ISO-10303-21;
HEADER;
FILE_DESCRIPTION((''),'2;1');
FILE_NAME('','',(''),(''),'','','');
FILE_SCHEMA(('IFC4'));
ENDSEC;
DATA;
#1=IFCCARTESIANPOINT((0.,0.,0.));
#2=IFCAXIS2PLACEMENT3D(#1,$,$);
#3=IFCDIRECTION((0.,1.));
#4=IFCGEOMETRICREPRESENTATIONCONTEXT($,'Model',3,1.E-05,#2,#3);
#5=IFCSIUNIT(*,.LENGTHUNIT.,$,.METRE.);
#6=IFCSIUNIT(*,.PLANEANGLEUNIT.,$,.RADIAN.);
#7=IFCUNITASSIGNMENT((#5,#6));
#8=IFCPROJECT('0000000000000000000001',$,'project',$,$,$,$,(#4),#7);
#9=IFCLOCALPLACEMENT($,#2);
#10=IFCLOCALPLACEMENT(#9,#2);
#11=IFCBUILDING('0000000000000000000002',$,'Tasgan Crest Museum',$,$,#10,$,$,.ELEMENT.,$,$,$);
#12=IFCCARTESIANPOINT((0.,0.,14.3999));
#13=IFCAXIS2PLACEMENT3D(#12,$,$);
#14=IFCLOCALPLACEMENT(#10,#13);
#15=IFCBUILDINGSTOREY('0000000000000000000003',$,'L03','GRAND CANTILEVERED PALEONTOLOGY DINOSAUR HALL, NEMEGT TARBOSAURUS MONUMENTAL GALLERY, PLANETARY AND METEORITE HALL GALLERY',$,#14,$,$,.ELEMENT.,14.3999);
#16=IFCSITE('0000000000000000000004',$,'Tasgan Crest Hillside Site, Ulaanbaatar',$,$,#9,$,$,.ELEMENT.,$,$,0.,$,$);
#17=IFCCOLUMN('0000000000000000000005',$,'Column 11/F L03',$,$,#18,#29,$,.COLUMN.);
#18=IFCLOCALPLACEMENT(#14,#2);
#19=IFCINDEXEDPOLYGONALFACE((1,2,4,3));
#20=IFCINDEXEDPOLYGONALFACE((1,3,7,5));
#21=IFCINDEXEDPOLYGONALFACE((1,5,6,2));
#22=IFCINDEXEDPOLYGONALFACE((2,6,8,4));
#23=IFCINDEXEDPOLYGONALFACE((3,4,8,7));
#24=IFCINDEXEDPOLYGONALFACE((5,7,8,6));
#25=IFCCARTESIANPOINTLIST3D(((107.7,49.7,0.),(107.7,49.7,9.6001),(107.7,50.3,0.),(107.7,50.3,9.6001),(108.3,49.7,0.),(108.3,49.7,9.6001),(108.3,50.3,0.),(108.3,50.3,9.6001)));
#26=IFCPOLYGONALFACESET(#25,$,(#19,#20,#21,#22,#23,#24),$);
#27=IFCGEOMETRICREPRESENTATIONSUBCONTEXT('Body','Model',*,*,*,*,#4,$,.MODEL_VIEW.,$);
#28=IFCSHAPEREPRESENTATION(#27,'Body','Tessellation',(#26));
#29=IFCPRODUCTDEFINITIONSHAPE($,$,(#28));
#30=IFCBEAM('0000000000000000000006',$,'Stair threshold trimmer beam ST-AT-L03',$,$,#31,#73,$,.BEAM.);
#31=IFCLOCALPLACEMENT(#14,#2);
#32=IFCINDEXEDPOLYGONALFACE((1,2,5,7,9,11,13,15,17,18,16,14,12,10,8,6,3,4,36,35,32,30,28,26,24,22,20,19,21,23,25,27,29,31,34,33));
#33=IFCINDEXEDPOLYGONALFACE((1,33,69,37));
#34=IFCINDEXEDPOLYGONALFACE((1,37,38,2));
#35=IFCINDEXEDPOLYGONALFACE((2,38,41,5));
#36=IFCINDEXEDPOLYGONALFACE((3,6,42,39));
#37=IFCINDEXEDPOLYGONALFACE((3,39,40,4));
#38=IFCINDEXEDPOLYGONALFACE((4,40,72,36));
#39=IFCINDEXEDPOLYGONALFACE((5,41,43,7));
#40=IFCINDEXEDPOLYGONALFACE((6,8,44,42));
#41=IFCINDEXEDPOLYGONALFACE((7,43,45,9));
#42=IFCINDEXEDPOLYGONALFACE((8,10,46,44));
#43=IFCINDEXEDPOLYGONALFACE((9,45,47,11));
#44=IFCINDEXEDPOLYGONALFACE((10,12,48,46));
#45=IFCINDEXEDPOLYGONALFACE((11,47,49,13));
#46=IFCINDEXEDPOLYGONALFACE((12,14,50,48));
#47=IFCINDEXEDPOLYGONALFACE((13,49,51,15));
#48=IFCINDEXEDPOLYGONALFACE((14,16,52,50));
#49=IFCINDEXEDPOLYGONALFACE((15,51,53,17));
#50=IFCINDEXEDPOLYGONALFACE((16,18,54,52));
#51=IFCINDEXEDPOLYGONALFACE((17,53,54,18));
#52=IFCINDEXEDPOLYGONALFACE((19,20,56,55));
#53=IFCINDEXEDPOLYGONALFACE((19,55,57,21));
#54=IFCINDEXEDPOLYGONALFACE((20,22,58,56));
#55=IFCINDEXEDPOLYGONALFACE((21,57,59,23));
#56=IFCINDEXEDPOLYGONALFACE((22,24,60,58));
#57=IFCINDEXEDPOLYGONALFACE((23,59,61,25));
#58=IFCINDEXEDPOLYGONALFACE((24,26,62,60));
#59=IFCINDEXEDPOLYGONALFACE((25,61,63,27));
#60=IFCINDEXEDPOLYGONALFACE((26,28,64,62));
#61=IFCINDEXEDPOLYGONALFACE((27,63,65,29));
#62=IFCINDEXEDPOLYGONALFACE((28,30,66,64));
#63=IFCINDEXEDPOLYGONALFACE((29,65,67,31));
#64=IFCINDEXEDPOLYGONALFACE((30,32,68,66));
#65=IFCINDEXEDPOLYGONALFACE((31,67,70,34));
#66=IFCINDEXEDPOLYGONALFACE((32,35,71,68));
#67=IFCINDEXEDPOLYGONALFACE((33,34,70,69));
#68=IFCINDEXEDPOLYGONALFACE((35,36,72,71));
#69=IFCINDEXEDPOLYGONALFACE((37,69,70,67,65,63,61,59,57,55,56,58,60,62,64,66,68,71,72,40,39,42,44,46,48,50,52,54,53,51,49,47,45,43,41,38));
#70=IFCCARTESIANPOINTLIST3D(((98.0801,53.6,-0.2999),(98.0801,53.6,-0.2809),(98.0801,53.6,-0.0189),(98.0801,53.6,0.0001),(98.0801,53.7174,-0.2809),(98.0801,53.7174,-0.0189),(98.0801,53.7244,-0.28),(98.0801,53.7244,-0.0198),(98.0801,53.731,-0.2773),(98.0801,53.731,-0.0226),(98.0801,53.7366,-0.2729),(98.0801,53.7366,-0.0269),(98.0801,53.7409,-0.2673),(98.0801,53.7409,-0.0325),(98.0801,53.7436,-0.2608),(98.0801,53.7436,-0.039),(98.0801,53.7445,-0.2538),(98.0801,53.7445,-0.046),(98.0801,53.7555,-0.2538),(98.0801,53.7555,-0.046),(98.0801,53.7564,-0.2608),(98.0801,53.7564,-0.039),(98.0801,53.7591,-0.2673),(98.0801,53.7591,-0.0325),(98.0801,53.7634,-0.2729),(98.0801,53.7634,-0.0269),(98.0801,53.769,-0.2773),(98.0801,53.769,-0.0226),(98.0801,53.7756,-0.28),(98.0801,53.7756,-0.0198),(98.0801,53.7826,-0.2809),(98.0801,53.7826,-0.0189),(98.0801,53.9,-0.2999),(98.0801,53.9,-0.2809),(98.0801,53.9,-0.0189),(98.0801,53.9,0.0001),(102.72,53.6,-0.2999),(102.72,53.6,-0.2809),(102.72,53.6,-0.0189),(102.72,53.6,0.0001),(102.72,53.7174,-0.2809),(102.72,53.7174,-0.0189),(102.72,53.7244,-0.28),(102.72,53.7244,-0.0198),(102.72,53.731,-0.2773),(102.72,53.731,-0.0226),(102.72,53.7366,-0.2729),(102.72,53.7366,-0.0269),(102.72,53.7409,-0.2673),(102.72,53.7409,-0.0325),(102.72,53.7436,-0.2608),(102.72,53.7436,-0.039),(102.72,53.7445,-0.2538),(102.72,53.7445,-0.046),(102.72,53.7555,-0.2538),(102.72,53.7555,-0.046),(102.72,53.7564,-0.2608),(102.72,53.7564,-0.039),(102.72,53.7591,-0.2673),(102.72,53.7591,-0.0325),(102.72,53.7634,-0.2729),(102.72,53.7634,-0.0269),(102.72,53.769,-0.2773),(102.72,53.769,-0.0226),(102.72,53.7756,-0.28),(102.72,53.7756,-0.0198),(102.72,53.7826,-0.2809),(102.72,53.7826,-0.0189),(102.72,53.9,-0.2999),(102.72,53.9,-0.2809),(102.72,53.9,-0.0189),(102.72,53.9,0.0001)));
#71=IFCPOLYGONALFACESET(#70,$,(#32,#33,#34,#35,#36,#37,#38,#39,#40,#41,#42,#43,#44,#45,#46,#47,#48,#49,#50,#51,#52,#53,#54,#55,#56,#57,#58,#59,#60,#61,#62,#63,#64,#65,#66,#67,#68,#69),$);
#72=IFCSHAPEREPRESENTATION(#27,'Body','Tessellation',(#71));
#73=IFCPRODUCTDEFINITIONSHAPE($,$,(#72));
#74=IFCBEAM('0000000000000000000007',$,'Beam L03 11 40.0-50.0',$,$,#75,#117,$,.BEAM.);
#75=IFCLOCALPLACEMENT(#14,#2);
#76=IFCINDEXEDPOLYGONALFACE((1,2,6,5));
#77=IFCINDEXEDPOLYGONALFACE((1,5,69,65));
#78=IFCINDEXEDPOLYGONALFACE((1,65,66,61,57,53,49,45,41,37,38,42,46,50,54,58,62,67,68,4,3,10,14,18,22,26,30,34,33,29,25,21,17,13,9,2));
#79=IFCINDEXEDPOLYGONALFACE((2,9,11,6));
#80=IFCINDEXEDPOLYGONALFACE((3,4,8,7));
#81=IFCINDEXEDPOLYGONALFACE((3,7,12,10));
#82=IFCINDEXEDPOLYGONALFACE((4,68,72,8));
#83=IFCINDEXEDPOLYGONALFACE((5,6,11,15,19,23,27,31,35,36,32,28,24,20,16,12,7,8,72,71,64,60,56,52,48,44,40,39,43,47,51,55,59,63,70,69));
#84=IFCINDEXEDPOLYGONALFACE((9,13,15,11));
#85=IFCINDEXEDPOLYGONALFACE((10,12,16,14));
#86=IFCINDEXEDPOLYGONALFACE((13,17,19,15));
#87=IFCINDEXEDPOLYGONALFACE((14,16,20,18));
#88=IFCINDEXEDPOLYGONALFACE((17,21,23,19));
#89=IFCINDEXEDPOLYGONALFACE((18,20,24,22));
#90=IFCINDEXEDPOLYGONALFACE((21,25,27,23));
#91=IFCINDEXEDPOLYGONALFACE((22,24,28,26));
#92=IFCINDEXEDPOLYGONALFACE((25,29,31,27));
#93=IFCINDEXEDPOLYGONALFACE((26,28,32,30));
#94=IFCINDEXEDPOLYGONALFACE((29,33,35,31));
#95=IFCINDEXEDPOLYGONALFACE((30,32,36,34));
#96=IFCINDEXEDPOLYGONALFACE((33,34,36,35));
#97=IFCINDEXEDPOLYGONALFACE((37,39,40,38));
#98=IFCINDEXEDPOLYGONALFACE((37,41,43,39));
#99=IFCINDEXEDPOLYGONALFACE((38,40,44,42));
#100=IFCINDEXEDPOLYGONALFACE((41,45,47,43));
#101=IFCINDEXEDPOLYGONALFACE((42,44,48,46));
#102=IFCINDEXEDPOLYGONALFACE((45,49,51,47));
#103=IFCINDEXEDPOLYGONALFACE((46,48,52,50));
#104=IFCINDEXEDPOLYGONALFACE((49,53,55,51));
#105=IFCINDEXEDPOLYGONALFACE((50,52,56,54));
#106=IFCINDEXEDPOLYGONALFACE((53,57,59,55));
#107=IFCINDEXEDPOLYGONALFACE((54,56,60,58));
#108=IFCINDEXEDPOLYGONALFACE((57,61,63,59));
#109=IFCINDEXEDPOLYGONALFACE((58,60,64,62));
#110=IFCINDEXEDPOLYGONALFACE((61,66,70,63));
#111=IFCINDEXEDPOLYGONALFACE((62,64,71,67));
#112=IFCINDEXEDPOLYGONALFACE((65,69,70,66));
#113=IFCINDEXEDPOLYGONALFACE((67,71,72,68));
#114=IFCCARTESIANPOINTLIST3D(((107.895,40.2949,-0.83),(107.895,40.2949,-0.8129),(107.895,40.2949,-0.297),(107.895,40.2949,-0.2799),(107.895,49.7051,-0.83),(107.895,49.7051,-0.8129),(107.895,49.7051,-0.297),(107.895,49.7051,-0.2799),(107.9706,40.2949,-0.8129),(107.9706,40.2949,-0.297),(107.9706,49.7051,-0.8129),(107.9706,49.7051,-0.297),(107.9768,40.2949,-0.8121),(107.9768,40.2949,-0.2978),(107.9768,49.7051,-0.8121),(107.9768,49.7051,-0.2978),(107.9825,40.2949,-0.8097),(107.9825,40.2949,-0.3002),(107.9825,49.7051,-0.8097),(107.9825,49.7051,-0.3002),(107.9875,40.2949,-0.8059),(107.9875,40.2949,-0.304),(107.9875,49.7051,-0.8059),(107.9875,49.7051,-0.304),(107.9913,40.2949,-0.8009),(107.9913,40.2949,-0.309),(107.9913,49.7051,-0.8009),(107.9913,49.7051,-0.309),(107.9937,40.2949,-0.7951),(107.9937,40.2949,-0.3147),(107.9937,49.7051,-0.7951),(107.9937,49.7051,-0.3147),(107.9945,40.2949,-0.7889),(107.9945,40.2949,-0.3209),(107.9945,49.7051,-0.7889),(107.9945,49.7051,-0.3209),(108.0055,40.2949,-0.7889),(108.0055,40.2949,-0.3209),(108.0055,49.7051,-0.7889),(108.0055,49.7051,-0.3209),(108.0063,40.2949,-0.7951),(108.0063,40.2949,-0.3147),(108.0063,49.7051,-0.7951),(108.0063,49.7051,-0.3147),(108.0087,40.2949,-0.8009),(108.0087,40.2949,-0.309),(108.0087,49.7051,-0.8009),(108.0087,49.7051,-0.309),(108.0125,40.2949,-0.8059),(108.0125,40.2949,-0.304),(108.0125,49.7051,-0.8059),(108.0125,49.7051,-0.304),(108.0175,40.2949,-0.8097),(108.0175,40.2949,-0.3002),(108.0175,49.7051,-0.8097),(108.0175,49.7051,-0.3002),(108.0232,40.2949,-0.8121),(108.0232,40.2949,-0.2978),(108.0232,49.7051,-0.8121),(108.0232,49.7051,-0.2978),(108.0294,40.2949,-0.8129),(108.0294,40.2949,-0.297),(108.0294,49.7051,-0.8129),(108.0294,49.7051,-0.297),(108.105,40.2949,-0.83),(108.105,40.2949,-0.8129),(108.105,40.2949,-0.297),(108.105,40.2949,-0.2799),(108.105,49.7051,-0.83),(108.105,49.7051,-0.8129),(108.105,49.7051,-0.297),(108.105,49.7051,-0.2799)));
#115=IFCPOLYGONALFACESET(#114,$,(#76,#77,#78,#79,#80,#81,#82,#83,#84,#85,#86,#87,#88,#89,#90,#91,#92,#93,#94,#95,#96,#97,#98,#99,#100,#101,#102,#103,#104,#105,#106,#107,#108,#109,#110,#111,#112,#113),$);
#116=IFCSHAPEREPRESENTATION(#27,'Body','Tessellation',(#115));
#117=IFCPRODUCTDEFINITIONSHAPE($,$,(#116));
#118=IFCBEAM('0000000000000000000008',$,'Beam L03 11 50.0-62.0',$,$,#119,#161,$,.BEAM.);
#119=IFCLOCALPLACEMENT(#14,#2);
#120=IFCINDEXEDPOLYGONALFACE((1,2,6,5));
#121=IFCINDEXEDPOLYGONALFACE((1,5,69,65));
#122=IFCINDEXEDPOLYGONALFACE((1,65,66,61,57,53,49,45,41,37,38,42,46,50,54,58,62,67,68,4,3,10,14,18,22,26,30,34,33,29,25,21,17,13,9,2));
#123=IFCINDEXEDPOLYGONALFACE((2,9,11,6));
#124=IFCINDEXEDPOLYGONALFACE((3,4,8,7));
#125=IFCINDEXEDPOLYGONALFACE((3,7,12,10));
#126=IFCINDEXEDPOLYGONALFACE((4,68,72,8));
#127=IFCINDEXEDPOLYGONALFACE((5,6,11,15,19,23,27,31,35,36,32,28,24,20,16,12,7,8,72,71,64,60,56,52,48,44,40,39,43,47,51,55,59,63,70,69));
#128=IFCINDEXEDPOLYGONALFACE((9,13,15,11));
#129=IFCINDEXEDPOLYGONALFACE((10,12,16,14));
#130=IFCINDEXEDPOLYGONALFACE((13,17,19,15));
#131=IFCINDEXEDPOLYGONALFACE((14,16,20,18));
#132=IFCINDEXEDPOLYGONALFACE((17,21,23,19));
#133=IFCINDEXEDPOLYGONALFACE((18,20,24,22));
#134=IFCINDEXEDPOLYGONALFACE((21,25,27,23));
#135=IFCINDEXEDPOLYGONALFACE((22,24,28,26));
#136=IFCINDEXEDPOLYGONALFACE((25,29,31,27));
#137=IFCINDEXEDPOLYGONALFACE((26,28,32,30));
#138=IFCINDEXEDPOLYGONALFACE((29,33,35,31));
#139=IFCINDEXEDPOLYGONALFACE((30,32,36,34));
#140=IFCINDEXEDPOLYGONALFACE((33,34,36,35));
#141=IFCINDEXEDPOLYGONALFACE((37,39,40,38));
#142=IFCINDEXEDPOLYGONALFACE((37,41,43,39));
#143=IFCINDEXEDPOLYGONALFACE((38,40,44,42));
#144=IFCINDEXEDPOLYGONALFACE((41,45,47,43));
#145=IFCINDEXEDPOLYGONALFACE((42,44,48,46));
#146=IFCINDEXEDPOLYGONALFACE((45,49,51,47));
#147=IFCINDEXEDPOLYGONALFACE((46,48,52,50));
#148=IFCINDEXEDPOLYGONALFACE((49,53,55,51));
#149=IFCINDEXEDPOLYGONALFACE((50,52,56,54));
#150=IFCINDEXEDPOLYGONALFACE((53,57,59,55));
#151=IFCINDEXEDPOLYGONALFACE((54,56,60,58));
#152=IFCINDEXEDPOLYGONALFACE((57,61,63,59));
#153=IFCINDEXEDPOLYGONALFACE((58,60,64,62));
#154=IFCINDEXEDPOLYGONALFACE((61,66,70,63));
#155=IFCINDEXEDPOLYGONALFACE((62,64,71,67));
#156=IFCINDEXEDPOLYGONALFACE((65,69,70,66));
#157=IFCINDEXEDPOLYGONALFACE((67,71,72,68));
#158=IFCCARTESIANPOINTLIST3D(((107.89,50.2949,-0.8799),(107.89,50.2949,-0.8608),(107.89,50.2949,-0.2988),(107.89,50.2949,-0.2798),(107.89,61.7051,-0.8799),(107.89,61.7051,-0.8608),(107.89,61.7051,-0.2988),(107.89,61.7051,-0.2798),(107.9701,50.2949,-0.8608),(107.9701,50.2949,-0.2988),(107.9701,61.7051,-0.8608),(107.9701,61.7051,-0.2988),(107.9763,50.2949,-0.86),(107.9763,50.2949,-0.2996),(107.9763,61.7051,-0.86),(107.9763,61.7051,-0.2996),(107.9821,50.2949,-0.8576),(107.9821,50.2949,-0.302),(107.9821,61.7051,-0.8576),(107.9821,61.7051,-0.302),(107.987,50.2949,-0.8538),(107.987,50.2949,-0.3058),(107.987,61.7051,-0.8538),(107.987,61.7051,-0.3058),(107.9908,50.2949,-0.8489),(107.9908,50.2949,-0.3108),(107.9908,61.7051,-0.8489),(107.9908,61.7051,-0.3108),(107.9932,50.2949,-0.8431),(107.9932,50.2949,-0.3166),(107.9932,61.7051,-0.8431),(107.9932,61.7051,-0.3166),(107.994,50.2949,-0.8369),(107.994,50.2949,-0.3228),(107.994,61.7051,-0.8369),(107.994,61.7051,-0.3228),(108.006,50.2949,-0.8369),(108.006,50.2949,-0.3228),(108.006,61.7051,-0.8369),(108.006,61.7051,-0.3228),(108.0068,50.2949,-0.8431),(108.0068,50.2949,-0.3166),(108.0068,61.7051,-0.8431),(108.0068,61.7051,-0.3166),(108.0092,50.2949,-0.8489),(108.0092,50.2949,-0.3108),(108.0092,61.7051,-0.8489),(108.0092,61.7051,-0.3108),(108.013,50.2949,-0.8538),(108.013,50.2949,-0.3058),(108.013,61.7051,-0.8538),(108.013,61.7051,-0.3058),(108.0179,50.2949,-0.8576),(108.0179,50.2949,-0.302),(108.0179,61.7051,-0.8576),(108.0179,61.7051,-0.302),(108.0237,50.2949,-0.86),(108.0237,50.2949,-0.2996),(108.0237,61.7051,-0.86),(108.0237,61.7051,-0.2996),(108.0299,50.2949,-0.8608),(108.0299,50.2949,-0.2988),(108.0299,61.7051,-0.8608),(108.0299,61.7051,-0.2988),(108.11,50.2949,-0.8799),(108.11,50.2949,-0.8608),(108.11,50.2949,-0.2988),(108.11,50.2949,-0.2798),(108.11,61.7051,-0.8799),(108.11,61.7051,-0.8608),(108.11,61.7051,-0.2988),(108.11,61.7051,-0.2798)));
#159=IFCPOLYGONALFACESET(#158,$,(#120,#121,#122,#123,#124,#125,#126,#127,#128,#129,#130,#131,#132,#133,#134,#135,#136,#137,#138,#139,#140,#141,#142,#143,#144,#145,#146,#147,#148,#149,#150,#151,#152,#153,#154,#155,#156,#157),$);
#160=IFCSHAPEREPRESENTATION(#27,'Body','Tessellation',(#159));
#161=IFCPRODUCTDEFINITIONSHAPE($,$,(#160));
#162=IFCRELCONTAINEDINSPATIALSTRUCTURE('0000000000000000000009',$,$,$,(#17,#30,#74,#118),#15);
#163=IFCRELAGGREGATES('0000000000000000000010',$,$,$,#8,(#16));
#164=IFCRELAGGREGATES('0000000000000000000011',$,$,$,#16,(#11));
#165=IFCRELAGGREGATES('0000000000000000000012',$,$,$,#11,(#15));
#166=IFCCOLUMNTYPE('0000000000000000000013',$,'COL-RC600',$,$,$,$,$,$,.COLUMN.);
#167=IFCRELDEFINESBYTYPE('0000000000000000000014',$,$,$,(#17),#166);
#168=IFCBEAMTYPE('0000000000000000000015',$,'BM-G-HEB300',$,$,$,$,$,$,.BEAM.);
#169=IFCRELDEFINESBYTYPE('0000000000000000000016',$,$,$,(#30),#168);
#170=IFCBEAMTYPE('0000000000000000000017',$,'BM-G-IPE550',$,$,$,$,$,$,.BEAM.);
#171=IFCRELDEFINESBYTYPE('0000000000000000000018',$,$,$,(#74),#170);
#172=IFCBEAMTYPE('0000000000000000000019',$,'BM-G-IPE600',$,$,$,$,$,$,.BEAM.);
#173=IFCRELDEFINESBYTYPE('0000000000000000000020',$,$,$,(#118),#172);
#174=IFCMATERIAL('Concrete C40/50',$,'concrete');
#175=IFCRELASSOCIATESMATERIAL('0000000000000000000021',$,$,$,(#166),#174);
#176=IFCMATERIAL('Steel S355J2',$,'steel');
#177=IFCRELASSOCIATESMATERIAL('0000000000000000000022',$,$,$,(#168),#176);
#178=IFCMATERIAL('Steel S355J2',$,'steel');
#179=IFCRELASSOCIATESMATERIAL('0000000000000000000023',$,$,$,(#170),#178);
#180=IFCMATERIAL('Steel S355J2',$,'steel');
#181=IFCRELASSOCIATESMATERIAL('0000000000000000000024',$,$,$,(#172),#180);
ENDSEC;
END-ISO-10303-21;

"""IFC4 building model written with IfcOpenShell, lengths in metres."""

from ifc_helpers import new_model, si_unit, direction, frame, origin, origin_2d, place, context, subcontext, project, spatial, rectangle, i_section, extrude, material, material_profile, profile_set, type_object, element, save


model = new_model("IFC4")

# Units and contexts
model_context = context("Model", 3, precision=1e-05, world=origin(), true_north=direction((0.0, 1.0)))
body_context = subcontext(model_context, "Body", "Model", "MODEL_VIEW")
ifc_project = project(units=[si_unit("LENGTHUNIT", "METRE"), si_unit("PLANEANGLEUNIT", "RADIAN")], contexts=[model_context])

# Site, building, storey
site_placement = place(None, origin())
site = spatial("IfcSite", under=ifc_project, at=site_placement, Name="Tasgan Crest Hillside Site, Ulaanbaatar", CompositionType="ELEMENT", RefElevation=0.0)
building_placement = place(site_placement, origin())
building = spatial("IfcBuilding", under=site, at=building_placement, Name="Tasgan Crest Museum", CompositionType="ELEMENT")
storey_placement = place(building_placement, frame((0.0, 0.0, 14.3999)))
storey = spatial("IfcBuildingStorey", under=building, at=storey_placement, Name="L03", Description="GRAND CANTILEVERED PALEONTOLOGY DINOSAUR HALL, NEMEGT TARBOSAURUS MONUMENTAL GALLERY, PLANETARY AND METEORITE HALL GALLERY", CompositionType="ELEMENT", Elevation=14.3999)

# Column
ifc_material_1 = material(Name="Concrete C40/50", Category="concrete")
ifc_material_profile_1 = material_profile(ifc_material_1, rectangle(XDim=0.6001, YDim=0.6001, at=origin_2d()), Name="RC 600x600")
ifc_profile_set_1 = profile_set([ifc_material_profile_1], Name="Concrete C40/50")
column_type = type_object("IfcColumnType", Name="COL-RC600", PredefinedType="COLUMN", material=ifc_profile_set_1)
column_placement = place(storey_placement, frame((108.0, 50.0, 0.0), z_axis=(0.0, 0.0, 1.0), x_axis=(1.0, 0.0, 0.0)))
element("IfcColumn", 1, at=column_placement, inside=storey, type_object=column_type, Name="Column 11/F L03", PredefinedType="COLUMN", context=body_context, shape_type="SweptSolid", body=[
    extrude(rectangle(XDim=0.6001, YDim=0.6001, at=origin_2d()), origin(), (0.0, 0.0, 1.0), 9.6001),
])

# Beams
ifc_material_2 = material(Name="Steel S355J2", Category="steel")
ifc_material_profile_2 = material_profile(ifc_material_2, i_section(OverallWidth=0.3, OverallDepth=0.3, WebThickness=0.011, FlangeThickness=0.019, FilletRadius=0.0271, at=origin_2d()), Name="HEB 300")
ifc_profile_set_2 = profile_set([ifc_material_profile_2], Name="Steel S355J2")
beam_type_1 = type_object("IfcBeamType", Name="BM-G-HEB300", PredefinedType="BEAM", material=ifc_profile_set_2)
beam_1_placement = place(storey_placement, frame((98.0801, 53.75, -0.1499), z_axis=(1.0, 0.0, 0.0), x_axis=(0.0, 1.0, 0.0)))
element("IfcBeam", 2, at=beam_1_placement, inside=storey, type_object=beam_type_1, Name="Stair threshold trimmer beam ST-AT-L03", PredefinedType="BEAM", context=body_context, shape_type="SweptSolid", body=[
    extrude(i_section(OverallWidth=0.3, OverallDepth=0.3, WebThickness=0.011, FlangeThickness=0.019, FilletRadius=0.0271, at=origin_2d()), origin(), (0.0, 0.0, 1.0), 4.6399),
])
ifc_material_3 = material(Name="Steel S355J2", Category="steel")
ifc_material_profile_3 = material_profile(ifc_material_3, i_section(OverallWidth=0.21, OverallDepth=0.55, WebThickness=0.011, FlangeThickness=0.0171, FilletRadius=0.0239, at=origin_2d()), Name="IPE 550")
ifc_profile_set_3 = profile_set([ifc_material_profile_3], Name="Steel S355J2")
beam_type_2 = type_object("IfcBeamType", Name="BM-G-IPE550", PredefinedType="BEAM", material=ifc_profile_set_3)
beam_2_placement = place(storey_placement, frame((108.0, 40.2949, -0.5549), z_axis=(0.0, 1.0, 0.0), x_axis=(-1.0, 0.0, 0.0)))
element("IfcBeam", 3, at=beam_2_placement, inside=storey, type_object=beam_type_2, Name="Beam L03 11 40.0-50.0", PredefinedType="BEAM", context=body_context, shape_type="SweptSolid", body=[
    extrude(i_section(OverallWidth=0.21, OverallDepth=0.55, WebThickness=0.011, FlangeThickness=0.0171, FilletRadius=0.0239, at=origin_2d()), origin(), (0.0, 0.0, 1.0), 9.4102),
])
ifc_material_4 = material(Name="Steel S355J2", Category="steel")
ifc_material_profile_4 = material_profile(ifc_material_4, i_section(OverallWidth=0.22, OverallDepth=0.6001, WebThickness=0.012, FlangeThickness=0.019, FilletRadius=0.0239, at=origin_2d()), Name="IPE 600")
ifc_profile_set_4 = profile_set([ifc_material_profile_4], Name="Steel S355J2")
beam_type_3 = type_object("IfcBeamType", Name="BM-G-IPE600", PredefinedType="BEAM", material=ifc_profile_set_4)
beam_3_placement = place(storey_placement, frame((108.0, 50.2949, -0.5798), z_axis=(0.0, 1.0, 0.0), x_axis=(-1.0, 0.0, 0.0)))
element("IfcBeam", 4, at=beam_3_placement, inside=storey, type_object=beam_type_3, Name="Beam L03 11 50.0-62.0", PredefinedType="BEAM", context=body_context, shape_type="SweptSolid", body=[
    extrude(i_section(OverallWidth=0.22, OverallDepth=0.6001, WebThickness=0.012, FlangeThickness=0.019, FilletRadius=0.0239, at=origin_2d()), origin(), (0.0, 0.0, 1.0), 11.4102),
])

save(model, "model.ifc")
